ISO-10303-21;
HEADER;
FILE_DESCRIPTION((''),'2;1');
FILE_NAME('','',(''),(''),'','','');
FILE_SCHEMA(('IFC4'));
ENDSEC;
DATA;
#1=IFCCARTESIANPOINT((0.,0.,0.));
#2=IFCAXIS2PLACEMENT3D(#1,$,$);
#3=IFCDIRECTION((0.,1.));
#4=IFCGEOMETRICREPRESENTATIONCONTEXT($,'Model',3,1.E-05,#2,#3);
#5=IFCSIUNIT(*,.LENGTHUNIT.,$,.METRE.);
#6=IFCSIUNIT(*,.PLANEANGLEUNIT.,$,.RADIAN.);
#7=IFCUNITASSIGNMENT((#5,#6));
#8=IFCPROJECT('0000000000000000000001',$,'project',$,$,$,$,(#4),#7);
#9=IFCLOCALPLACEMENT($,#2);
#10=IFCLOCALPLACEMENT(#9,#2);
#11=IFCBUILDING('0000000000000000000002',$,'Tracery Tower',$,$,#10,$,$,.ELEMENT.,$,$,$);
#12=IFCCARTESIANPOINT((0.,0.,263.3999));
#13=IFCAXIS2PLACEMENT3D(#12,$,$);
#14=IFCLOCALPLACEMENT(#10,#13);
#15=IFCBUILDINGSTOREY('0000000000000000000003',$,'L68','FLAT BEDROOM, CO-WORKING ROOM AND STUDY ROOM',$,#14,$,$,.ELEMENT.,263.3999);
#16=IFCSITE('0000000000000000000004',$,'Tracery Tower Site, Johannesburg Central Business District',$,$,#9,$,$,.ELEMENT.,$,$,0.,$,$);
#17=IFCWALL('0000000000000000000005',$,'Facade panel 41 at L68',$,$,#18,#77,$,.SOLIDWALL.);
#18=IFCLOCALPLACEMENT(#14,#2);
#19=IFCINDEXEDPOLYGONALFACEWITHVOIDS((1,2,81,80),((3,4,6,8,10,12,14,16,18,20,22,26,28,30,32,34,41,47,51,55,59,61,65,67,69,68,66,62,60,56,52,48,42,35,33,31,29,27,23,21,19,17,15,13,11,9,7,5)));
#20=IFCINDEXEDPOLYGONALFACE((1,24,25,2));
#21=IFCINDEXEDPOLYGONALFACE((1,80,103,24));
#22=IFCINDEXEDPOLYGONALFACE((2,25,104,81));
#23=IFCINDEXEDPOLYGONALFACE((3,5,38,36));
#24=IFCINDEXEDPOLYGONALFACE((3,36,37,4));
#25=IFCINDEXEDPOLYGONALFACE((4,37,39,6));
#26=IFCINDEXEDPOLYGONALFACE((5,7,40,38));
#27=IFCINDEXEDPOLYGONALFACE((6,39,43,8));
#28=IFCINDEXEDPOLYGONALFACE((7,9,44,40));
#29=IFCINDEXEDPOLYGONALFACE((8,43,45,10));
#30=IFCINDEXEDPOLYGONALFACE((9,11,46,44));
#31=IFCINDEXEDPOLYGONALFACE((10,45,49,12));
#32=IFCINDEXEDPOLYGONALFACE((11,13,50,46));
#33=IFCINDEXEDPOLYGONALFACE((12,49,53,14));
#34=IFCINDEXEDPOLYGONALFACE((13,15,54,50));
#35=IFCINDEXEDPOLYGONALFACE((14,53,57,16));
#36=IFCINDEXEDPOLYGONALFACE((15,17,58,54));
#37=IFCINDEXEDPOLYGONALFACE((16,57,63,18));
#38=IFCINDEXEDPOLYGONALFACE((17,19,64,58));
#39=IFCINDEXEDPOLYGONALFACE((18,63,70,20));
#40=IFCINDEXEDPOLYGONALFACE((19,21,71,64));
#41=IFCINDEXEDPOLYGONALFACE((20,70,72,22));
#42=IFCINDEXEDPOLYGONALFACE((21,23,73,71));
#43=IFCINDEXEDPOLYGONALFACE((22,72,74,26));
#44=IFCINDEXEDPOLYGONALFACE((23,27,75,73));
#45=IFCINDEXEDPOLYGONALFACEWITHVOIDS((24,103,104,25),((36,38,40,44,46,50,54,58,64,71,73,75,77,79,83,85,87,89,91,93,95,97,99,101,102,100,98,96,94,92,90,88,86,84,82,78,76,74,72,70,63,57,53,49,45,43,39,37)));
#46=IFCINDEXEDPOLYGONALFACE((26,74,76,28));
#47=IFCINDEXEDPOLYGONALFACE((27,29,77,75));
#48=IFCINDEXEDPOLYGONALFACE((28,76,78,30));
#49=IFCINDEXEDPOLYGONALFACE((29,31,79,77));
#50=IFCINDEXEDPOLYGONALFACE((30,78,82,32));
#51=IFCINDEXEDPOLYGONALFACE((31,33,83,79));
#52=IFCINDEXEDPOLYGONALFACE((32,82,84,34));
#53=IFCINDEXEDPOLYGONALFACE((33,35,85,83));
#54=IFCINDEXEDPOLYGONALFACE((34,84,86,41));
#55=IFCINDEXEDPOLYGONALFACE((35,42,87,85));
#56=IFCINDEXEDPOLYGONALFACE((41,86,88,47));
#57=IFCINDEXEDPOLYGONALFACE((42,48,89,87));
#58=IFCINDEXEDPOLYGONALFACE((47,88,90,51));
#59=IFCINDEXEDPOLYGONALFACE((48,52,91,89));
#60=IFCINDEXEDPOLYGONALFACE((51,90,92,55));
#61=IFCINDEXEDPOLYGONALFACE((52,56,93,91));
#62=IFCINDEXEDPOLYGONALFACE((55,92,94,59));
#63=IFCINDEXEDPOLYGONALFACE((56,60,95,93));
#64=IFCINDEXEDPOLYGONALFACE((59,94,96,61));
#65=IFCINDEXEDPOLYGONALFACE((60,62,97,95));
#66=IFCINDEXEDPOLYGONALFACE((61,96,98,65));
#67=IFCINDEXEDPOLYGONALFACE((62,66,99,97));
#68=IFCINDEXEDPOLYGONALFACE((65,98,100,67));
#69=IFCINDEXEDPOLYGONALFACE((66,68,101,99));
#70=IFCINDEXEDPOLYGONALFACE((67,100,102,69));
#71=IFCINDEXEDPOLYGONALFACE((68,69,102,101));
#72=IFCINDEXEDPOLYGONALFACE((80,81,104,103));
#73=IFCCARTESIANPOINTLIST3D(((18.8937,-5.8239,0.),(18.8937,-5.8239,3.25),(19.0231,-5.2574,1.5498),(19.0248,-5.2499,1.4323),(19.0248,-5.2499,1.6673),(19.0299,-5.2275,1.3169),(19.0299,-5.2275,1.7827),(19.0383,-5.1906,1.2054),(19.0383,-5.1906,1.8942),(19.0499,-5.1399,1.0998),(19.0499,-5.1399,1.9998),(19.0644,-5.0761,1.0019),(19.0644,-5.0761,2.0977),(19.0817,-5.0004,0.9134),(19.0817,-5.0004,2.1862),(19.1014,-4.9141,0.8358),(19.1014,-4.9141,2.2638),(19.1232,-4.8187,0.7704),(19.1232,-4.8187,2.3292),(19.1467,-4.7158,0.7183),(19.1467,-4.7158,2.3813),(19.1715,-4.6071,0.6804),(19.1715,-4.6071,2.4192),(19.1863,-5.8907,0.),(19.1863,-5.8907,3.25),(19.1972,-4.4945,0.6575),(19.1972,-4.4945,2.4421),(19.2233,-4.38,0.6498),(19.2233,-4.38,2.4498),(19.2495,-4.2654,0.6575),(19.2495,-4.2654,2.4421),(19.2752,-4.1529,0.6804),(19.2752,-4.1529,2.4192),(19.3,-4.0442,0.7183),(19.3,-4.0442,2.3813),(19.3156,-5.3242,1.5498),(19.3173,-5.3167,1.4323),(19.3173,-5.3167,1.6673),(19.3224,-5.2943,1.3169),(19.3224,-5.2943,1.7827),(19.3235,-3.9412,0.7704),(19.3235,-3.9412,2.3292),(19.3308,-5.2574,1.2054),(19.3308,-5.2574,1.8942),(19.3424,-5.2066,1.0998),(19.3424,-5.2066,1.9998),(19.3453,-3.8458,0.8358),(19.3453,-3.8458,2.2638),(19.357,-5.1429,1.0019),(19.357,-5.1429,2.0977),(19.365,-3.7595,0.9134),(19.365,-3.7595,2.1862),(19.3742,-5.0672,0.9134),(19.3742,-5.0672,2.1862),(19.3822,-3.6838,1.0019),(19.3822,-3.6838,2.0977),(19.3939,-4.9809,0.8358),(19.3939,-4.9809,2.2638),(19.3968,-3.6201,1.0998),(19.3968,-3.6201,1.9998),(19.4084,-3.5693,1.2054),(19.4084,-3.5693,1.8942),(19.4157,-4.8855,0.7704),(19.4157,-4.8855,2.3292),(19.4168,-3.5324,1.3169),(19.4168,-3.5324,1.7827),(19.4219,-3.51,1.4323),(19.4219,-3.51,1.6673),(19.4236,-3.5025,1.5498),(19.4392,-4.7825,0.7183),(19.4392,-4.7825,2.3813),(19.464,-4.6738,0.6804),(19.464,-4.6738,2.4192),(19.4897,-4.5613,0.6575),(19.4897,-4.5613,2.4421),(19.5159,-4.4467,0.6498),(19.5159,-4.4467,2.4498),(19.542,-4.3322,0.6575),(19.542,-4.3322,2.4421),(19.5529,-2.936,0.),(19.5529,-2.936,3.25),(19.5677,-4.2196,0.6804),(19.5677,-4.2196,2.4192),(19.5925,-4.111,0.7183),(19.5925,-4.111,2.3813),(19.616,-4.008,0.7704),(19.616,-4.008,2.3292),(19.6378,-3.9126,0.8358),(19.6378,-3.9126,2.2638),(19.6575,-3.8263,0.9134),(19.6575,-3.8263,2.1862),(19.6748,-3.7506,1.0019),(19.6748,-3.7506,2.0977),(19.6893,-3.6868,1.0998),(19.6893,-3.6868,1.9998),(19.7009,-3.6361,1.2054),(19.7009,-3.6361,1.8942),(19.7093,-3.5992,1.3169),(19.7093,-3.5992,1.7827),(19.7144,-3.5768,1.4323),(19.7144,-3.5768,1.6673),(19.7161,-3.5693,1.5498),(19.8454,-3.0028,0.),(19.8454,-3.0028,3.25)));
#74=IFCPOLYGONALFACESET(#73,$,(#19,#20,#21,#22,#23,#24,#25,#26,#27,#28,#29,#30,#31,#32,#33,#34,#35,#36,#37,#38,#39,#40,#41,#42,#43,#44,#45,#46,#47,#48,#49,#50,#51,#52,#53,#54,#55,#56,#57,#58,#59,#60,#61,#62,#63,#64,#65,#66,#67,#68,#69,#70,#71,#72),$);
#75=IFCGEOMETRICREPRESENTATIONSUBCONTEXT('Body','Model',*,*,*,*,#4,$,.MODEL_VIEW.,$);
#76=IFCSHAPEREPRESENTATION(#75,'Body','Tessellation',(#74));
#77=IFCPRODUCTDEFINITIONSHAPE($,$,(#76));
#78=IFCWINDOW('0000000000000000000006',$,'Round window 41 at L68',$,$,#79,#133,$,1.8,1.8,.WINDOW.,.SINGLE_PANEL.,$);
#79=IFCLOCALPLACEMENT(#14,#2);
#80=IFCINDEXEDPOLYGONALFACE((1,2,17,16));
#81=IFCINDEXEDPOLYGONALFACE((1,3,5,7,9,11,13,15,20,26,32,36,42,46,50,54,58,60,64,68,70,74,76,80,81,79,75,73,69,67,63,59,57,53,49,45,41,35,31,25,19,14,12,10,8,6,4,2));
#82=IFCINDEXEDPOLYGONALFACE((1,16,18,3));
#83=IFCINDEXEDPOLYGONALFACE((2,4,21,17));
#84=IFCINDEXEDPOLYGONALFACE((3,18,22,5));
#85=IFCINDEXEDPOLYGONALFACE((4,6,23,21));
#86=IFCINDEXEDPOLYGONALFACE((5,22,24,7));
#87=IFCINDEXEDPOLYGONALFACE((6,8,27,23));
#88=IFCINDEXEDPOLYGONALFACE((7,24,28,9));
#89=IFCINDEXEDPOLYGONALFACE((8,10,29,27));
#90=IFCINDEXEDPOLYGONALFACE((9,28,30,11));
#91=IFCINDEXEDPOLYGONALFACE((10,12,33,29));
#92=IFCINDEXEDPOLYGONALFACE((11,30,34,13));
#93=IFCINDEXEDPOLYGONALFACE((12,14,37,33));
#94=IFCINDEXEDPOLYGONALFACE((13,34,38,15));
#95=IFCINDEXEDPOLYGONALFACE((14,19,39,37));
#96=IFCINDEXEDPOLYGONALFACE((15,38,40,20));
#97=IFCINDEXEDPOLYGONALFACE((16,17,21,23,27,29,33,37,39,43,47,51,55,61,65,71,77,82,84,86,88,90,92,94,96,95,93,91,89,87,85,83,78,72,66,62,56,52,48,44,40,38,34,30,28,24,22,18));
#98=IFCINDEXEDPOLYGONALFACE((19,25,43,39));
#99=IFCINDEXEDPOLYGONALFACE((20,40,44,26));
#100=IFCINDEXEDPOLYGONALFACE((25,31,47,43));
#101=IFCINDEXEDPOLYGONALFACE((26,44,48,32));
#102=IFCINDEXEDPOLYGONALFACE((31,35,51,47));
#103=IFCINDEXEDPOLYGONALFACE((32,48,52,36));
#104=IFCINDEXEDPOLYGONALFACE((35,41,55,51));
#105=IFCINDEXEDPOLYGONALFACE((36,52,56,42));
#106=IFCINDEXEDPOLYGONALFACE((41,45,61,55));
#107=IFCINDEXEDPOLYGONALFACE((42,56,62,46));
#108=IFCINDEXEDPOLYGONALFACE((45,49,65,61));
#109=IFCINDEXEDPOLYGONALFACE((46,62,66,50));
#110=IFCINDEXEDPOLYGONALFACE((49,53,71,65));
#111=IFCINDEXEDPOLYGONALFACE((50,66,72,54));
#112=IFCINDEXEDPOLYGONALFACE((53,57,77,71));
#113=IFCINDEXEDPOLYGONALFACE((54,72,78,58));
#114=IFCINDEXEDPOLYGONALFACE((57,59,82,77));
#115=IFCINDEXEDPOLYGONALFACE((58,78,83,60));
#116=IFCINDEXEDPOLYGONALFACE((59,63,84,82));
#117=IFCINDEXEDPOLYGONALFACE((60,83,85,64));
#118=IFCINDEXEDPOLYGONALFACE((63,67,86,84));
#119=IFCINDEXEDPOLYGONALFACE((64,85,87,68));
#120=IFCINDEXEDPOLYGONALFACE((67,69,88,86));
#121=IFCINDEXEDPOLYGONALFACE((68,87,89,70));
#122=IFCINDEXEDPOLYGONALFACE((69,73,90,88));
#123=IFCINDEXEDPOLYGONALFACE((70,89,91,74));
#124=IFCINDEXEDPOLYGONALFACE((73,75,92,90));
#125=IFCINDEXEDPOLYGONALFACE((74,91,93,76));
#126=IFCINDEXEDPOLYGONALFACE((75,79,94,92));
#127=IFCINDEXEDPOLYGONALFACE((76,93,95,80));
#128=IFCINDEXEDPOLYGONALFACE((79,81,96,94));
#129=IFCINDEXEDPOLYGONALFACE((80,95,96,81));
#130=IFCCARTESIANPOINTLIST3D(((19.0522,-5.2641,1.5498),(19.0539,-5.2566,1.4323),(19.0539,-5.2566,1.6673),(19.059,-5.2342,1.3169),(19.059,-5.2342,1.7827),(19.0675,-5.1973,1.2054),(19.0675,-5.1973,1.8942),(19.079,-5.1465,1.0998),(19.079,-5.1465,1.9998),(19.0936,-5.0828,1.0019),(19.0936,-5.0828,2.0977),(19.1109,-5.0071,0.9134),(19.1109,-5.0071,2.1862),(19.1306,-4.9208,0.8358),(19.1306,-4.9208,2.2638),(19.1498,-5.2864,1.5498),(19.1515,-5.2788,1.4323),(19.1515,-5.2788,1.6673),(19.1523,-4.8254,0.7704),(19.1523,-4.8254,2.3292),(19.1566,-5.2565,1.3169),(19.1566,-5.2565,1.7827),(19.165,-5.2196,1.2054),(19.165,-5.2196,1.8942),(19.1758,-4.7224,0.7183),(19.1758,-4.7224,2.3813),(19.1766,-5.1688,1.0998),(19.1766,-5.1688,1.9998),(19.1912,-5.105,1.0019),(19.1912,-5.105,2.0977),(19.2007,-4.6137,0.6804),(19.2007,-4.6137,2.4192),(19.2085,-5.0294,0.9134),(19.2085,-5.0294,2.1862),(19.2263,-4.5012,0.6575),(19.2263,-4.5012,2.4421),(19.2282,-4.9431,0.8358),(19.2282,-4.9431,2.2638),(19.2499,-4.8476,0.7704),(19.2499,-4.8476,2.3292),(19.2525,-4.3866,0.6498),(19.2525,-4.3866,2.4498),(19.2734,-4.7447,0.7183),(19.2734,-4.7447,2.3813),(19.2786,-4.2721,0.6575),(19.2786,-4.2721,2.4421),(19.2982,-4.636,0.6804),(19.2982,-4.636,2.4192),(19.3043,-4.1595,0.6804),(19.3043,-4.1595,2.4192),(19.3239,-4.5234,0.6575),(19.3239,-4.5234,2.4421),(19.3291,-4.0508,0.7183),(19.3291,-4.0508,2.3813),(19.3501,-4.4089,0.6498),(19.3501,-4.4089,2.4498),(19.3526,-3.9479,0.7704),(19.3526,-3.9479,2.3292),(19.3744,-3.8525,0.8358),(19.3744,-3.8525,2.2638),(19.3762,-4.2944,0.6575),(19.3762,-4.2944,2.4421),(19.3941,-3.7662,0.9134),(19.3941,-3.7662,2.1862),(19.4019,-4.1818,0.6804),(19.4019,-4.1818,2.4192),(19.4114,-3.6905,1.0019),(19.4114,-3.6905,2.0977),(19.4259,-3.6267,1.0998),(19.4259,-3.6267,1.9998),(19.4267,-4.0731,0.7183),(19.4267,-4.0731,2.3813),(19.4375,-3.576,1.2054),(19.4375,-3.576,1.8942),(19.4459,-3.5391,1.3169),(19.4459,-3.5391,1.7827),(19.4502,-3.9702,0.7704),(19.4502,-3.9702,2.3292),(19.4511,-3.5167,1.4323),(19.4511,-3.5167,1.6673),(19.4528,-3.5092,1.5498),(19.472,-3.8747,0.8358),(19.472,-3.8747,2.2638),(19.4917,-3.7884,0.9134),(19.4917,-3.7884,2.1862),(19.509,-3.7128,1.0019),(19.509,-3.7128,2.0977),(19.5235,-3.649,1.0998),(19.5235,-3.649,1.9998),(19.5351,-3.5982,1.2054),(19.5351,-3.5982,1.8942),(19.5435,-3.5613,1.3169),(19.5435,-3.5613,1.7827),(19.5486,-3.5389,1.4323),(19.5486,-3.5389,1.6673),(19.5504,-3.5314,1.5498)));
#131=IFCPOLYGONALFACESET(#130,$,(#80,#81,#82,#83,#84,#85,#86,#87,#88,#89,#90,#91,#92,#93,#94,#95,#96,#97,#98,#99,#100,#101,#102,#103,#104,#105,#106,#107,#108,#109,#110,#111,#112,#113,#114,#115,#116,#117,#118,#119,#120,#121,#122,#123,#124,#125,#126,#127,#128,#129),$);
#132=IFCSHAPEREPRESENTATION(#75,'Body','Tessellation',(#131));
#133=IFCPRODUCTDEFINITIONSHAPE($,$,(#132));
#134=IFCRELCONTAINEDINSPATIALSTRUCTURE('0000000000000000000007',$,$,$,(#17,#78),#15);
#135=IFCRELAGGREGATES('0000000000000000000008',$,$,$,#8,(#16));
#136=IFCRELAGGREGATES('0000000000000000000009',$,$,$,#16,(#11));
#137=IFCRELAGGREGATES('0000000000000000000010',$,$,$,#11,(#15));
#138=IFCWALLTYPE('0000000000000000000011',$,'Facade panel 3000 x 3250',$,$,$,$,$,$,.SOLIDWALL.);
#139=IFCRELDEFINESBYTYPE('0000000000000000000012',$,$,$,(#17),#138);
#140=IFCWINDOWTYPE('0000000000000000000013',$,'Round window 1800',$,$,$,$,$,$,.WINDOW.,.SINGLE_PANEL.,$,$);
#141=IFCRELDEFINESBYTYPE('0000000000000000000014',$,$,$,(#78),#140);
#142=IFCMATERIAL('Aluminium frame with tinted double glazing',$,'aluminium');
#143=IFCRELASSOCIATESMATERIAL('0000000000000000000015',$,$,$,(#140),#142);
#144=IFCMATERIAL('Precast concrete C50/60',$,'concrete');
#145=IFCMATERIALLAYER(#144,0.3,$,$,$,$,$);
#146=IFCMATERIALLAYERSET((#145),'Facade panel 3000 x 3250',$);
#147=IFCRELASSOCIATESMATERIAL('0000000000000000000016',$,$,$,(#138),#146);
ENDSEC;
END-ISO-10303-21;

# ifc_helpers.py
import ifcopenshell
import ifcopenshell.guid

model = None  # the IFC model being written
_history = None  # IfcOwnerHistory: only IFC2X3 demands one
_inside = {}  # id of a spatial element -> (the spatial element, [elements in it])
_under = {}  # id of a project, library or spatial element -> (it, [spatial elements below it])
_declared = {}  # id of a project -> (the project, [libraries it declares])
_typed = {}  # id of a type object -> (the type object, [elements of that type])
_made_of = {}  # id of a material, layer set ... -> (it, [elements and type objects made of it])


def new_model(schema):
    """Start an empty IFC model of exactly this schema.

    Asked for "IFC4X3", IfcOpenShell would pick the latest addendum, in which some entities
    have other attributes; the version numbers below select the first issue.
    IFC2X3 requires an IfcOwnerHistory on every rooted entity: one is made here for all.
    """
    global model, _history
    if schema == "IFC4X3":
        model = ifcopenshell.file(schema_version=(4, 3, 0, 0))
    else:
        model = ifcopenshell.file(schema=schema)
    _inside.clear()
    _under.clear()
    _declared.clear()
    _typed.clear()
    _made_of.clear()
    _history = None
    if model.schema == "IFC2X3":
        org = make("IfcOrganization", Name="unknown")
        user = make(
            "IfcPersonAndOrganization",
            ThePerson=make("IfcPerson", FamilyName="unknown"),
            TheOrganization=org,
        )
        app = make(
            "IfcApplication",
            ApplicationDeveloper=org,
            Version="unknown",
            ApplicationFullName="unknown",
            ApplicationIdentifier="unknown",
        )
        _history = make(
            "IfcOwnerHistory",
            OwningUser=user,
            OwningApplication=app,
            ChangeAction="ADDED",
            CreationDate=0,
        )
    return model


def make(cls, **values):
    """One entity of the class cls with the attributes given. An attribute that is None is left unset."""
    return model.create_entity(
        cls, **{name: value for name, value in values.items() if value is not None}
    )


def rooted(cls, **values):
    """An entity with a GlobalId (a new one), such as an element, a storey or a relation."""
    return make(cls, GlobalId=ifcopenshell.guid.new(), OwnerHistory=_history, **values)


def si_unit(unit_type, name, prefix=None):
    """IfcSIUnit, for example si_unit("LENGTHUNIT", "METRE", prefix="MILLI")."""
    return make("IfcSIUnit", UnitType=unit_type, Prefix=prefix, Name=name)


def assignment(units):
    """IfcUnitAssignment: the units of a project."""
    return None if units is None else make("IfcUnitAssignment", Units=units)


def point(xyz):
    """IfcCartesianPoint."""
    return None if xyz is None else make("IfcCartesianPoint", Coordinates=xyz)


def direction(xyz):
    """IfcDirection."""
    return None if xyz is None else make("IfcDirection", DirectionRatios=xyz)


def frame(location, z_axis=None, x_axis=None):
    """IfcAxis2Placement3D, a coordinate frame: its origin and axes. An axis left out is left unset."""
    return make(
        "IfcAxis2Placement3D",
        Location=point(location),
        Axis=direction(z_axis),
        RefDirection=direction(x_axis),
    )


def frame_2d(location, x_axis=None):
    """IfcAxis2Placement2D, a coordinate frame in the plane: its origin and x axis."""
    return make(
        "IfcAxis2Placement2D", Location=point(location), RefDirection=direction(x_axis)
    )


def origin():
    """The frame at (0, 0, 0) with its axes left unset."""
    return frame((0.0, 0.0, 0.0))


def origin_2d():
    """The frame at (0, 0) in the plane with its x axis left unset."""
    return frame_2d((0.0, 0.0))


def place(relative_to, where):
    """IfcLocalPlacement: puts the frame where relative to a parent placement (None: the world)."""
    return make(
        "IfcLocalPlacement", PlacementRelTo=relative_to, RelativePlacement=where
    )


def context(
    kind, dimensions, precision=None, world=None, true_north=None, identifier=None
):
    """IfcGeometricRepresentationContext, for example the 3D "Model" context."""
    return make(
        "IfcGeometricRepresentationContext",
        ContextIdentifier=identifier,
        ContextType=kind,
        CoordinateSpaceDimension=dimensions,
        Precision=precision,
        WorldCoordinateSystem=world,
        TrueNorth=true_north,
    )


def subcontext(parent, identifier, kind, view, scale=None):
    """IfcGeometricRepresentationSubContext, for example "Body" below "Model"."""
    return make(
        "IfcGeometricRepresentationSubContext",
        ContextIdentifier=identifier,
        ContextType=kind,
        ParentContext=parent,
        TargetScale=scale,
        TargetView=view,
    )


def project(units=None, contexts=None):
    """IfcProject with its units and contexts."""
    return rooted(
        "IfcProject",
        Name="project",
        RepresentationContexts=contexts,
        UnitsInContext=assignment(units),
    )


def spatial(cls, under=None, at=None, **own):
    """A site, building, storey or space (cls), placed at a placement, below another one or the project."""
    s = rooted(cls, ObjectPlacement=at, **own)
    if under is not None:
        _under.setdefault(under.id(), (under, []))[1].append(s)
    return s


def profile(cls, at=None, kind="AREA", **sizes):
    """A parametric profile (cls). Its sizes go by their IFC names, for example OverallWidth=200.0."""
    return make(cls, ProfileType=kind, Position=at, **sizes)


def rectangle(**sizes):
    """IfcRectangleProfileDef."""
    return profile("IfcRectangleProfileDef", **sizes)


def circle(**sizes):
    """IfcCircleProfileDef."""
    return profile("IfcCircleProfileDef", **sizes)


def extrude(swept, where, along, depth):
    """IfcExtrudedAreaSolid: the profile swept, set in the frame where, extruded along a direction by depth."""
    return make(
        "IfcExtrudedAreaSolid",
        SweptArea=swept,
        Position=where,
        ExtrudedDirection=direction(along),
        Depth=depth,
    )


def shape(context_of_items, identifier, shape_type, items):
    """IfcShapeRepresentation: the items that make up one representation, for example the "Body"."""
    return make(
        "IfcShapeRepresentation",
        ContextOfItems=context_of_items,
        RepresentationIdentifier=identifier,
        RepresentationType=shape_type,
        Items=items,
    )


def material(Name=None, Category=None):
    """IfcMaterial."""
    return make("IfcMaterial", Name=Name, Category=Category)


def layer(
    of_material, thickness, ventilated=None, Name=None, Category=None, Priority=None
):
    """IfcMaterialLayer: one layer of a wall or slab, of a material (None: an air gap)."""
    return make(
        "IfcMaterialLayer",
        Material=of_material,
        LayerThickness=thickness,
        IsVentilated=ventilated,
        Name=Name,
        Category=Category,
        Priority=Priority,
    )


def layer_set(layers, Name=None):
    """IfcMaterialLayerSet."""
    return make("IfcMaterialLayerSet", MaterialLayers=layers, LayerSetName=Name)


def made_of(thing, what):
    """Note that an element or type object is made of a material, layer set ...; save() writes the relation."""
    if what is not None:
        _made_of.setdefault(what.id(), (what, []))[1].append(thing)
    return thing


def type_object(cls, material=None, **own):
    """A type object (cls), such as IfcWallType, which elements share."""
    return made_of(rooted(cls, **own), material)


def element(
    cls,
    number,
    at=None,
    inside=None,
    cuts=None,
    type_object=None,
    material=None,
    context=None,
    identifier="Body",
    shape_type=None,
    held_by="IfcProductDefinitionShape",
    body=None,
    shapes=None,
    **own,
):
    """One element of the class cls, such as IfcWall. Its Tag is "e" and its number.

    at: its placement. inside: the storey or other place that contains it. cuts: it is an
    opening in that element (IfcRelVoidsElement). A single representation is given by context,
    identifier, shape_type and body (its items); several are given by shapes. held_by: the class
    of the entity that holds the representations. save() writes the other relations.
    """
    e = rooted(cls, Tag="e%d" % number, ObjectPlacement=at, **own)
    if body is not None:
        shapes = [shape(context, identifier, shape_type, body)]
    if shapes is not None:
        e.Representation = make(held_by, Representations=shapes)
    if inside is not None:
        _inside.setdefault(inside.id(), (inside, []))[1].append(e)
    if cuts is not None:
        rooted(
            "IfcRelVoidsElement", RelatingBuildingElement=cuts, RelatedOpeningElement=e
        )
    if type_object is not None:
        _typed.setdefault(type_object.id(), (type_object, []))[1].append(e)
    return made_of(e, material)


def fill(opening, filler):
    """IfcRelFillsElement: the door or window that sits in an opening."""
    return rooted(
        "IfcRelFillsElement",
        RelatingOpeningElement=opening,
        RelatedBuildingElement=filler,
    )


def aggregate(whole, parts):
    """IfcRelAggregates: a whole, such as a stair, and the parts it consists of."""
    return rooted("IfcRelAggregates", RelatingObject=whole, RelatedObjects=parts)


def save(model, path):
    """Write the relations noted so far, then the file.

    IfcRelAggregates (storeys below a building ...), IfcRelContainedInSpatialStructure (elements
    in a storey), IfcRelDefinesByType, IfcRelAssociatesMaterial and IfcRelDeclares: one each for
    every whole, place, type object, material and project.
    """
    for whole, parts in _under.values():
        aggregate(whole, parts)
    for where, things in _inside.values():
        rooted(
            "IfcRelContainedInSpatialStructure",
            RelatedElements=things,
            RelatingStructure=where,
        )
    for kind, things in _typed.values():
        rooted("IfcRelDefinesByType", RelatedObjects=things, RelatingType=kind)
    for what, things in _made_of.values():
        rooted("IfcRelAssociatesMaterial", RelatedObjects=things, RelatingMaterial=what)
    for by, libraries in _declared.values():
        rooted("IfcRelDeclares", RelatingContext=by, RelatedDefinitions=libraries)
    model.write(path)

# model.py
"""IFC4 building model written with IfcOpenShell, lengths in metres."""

from ifc_helpers import new_model, si_unit, direction, frame, frame_2d, origin, origin_2d, place, context, subcontext, project, spatial, rectangle, circle, extrude, material, layer, layer_set, type_object, element, fill, save


model = new_model("IFC4")

# Units and contexts
model_context = context("Model", 3, precision=1e-05, world=origin(), true_north=direction((0.0, 1.0)))
body_context = subcontext(model_context, "Body", "Model", "MODEL_VIEW")
ifc_project = project(units=[si_unit("LENGTHUNIT", "METRE"), si_unit("PLANEANGLEUNIT", "RADIAN")], contexts=[model_context])

# Site, building, storey
site_placement = place(None, origin())
site = spatial("IfcSite", under=ifc_project, at=site_placement, Name="Tracery Tower Site, Johannesburg Central Business District", CompositionType="ELEMENT", RefElevation=0.0)
building_placement = place(site_placement, origin())
building = spatial("IfcBuilding", under=site, at=building_placement, Name="Tracery Tower", CompositionType="ELEMENT")
storey_placement = place(building_placement, frame((0.0, 0.0, 263.3999)))
storey = spatial("IfcBuildingStorey", under=building, at=storey_placement, Name="L68", Description="FLAT BEDROOM, CO-WORKING ROOM AND STUDY ROOM", CompositionType="ELEMENT", Elevation=263.3999)

# Wall, opening, window
ifc_material_1 = material(Name="Aluminium frame with tinted double glazing", Category="aluminium")
window_type = type_object("IfcWindowType", Name="Round window 1800", PartitioningType="SINGLE_PANEL", PredefinedType="WINDOW", material=ifc_material_1)
ifc_material_2 = material(Name="Precast concrete C50/60", Category="concrete")
ifc_layer_1 = layer(ifc_material_2, 0.3)
ifc_layer_set_1 = layer_set([ifc_layer_1], Name="Facade panel 3000 x 3250")
wall_type_1 = type_object("IfcWallType", Name="Facade panel 3000 x 3250", PredefinedType="SOLIDWALL", material=ifc_layer_set_1)
wall_1_placement = place(storey_placement, frame((19.04, -5.8572, 0.0), z_axis=(0.0, 0.0, 1.0), x_axis=(0.222529, 0.974926, 0.0)))
wall_1 = element("IfcWall", 1, at=wall_1_placement, inside=storey, type_object=wall_type_1, Name="Facade panel 41 at L68", PredefinedType="SOLIDWALL", context=body_context, shape_type="SweptSolid", body=[
    extrude(rectangle(XDim=2.9622, YDim=0.3, at=frame_2d((1.481, 0.0))), origin(), (0.0, 0.0, 1.0), 3.25),
])
opening_1_placement = place(wall_1_placement, frame((1.481, 0.0, 1.5498)))
opening_1 = element("IfcOpeningElement", 2, at=opening_1_placement, cuts=wall_1, PredefinedType="OPENING", context=body_context, shape_type="SweptSolid", body=[
    extrude(circle(Radius=0.9, at=origin_2d()), frame((0.0, 0.1599, 0.0), z_axis=(0.0, -1.0, 0.0), x_axis=(1.0, 0.0, 0.0)), (0.0, 0.0, 1.0), 0.3201),
])
window_1_placement = place(opening_1_placement, origin())
window_1 = element("IfcWindow", 3, at=window_1_placement, inside=storey, type_object=window_type, Name="Round window 41 at L68", OverallHeight=1.8, OverallWidth=1.8, PartitioningType="SINGLE_PANEL", PredefinedType="WINDOW", context=body_context, shape_type="SweptSolid", body=[
    extrude(circle(Radius=0.9, at=origin_2d()), frame((0.0, 0.1201, 0.0), z_axis=(0.0, -1.0, 0.0), x_axis=(1.0, 0.0, 0.0)), (0.0, 0.0, 1.0), 0.1001),
])
fill(opening_1, window_1)

save(model, "model.ifc")
